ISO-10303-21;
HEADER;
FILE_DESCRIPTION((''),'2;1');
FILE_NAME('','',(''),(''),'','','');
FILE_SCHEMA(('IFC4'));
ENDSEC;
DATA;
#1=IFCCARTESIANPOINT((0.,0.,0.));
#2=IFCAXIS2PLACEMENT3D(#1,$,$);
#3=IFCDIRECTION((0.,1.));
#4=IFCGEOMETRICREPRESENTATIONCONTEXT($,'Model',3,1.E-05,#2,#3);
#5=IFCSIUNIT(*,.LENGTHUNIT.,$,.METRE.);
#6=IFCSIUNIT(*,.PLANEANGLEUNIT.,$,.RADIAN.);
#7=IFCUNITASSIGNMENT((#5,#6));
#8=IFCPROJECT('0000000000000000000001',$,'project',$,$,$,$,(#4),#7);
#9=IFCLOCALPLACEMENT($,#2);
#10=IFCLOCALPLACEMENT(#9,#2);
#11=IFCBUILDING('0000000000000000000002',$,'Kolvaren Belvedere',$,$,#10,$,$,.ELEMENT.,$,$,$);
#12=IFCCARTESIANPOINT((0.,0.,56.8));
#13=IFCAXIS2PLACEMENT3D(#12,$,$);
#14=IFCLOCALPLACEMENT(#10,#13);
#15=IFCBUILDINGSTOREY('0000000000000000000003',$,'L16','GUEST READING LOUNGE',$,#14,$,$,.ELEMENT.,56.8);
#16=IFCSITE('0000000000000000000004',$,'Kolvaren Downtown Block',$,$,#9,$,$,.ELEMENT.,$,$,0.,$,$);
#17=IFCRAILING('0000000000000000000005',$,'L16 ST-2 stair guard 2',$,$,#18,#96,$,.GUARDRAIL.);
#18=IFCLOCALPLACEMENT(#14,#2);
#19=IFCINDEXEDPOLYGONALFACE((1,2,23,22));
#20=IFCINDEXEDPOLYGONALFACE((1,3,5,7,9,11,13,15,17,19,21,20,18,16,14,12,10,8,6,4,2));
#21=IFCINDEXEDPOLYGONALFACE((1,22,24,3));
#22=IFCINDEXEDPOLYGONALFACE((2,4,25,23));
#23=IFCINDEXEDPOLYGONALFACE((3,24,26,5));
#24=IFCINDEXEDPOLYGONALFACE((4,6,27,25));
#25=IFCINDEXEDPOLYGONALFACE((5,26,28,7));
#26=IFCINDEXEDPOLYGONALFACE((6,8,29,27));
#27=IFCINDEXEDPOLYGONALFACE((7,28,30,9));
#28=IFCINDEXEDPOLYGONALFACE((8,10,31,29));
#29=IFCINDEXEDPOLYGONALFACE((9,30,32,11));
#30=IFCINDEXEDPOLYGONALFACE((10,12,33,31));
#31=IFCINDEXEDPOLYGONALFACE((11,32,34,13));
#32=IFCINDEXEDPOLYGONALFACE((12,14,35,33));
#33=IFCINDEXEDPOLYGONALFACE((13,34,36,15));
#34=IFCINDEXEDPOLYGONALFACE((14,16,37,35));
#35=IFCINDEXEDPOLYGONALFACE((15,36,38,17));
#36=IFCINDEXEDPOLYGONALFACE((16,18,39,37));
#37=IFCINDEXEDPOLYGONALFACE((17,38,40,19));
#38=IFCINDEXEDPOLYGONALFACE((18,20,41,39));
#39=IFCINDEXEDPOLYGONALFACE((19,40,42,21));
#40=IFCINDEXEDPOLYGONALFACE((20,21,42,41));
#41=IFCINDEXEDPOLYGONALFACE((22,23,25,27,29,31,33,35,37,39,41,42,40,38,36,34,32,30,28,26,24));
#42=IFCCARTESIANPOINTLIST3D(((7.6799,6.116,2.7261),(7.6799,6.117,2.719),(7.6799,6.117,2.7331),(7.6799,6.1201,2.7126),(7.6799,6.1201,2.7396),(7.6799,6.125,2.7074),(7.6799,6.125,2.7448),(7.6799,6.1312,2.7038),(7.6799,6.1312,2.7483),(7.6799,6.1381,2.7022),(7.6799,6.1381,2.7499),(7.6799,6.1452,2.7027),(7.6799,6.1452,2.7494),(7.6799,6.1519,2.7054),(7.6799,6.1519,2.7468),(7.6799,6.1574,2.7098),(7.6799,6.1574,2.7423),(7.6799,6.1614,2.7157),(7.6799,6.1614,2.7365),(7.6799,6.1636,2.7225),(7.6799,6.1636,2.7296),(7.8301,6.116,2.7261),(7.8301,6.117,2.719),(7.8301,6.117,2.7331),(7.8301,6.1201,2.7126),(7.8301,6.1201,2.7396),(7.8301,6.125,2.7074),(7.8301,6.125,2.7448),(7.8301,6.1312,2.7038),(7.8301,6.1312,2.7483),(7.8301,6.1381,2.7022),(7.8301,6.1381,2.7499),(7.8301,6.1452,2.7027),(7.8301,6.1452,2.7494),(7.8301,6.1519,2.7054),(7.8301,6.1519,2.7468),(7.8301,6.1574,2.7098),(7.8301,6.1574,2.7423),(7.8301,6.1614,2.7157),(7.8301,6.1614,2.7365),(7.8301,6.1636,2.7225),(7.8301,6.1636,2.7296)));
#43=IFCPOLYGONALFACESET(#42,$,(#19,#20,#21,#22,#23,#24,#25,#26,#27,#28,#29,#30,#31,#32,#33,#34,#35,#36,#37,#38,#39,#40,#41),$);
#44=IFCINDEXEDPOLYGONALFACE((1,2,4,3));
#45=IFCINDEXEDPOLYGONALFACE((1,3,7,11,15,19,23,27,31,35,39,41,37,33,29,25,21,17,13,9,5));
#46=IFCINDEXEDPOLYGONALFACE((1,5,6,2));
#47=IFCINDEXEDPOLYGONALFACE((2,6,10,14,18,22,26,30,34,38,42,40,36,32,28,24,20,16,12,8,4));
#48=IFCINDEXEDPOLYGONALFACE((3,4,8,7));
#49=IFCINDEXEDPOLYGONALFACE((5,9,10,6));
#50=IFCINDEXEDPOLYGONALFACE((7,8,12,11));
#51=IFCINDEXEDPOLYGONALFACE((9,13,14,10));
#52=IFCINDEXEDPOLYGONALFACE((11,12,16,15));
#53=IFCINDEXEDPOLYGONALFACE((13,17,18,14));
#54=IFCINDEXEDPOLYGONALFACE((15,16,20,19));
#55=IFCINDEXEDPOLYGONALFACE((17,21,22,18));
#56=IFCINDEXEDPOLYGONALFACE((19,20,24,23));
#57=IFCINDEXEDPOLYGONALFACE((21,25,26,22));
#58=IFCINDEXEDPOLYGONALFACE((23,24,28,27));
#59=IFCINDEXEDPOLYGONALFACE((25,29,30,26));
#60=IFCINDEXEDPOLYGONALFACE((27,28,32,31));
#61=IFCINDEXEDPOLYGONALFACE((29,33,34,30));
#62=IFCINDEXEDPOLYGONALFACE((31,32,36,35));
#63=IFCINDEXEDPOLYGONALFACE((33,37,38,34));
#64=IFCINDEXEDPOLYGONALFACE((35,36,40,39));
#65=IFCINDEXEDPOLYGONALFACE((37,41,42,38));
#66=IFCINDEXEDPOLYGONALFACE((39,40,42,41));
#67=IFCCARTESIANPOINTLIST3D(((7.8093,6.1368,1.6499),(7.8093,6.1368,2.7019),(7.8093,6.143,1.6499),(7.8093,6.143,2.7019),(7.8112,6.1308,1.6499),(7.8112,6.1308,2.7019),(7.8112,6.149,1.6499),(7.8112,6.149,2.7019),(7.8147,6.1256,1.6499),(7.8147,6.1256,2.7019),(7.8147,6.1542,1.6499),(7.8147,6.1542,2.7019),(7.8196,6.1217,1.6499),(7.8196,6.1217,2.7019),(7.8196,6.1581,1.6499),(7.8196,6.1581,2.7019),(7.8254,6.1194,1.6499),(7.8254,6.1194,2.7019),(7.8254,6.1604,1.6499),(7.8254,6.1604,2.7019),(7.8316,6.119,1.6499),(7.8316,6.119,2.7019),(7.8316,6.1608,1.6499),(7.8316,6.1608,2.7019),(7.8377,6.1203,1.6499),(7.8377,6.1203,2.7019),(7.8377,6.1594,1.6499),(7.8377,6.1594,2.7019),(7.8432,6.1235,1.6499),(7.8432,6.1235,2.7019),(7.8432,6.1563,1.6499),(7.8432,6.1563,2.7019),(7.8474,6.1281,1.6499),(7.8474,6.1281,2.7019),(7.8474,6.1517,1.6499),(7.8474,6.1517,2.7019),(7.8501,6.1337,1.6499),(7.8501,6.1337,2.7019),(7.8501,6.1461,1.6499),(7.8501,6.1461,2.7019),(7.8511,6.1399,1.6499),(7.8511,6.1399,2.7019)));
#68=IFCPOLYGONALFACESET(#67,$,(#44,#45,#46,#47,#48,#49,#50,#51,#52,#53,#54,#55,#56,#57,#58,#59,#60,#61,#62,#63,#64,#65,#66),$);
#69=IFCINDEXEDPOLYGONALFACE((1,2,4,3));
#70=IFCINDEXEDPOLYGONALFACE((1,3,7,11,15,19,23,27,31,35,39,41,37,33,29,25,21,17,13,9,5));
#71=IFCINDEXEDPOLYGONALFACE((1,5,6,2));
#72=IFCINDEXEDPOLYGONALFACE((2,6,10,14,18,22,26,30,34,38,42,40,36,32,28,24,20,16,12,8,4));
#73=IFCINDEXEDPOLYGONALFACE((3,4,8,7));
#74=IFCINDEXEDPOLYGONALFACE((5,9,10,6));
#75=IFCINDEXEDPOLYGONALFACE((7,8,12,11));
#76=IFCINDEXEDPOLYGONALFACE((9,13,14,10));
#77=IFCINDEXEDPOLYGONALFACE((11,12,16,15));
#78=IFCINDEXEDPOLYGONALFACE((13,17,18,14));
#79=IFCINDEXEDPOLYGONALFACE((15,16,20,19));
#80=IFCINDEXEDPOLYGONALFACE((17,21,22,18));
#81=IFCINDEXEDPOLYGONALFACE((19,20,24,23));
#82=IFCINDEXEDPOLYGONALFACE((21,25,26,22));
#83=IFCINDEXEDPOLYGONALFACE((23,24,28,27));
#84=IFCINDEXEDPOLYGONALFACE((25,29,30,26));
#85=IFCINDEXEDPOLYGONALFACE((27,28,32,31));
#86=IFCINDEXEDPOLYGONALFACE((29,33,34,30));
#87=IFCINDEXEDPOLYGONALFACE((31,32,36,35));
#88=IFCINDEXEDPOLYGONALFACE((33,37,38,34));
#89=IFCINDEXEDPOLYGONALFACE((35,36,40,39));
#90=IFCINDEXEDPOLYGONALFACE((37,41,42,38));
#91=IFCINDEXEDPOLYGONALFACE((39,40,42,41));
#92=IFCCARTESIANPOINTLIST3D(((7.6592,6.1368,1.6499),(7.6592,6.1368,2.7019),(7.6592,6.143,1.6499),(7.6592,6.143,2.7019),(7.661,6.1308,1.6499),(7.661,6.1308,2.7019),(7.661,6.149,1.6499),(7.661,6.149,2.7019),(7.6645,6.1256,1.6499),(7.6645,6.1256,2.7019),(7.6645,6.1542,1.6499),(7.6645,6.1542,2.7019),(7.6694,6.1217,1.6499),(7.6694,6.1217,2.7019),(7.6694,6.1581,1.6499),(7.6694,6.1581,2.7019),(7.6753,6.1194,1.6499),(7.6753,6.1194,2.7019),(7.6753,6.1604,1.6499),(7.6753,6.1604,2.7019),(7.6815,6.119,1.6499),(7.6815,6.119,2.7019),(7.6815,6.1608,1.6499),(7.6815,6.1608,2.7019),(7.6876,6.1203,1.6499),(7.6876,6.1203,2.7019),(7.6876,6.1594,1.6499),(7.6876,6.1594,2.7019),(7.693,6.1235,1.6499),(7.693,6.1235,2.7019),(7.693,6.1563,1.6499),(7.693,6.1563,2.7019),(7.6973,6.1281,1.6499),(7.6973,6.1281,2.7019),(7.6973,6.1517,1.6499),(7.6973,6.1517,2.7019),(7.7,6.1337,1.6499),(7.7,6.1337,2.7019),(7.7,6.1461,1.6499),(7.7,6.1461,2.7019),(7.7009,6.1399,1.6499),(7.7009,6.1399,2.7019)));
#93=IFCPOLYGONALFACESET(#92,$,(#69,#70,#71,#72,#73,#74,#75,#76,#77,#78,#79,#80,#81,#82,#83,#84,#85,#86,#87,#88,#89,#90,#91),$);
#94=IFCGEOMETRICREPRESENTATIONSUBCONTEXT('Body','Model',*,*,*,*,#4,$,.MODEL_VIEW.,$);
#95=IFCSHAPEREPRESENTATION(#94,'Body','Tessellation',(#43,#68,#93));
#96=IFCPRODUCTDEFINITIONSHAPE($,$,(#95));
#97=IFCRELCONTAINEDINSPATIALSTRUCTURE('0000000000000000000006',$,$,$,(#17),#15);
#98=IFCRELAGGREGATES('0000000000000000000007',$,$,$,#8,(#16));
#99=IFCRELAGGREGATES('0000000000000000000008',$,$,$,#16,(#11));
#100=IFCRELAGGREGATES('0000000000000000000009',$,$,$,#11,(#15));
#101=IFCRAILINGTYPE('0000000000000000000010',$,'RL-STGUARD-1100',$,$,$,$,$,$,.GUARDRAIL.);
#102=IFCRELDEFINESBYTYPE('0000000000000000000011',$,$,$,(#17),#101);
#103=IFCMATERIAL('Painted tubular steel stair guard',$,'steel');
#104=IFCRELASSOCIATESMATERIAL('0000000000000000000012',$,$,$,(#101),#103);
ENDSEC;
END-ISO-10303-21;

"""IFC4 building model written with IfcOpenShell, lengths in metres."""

from ifc_helpers import new_model, si_unit, direction, frame, origin, origin_2d, place, context, subcontext, project, spatial, circle, extrude, material, type_object, element, save


model = new_model("IFC4")

# Units and contexts
model_context = context("Model", 3, precision=1e-05, world=origin(), true_north=direction((0.0, 1.0)))
body_context = subcontext(model_context, "Body", "Model", "MODEL_VIEW")
ifc_project = project(units=[si_unit("LENGTHUNIT", "METRE"), si_unit("PLANEANGLEUNIT", "RADIAN")], contexts=[model_context])

# Site, building, storey
site_placement = place(None, origin())
site = spatial("IfcSite", under=ifc_project, at=site_placement, Name="Kolvaren Downtown Block", CompositionType="ELEMENT", RefElevation=0.0)
building_placement = place(site_placement, origin())
building = spatial("IfcBuilding", under=site, at=building_placement, Name="Kolvaren Belvedere", CompositionType="ELEMENT")
storey_placement = place(building_placement, frame((0.0, 0.0, 56.8)))
storey = spatial("IfcBuildingStorey", under=building, at=storey_placement, Name="L16", Description="GUEST READING LOUNGE", CompositionType="ELEMENT", Elevation=56.8)

# Railing
ifc_material_1 = material(Name="Painted tubular steel stair guard", Category="steel")
railing_type_1 = type_object("IfcRailingType", Name="RL-STGUARD-1100", PredefinedType="GUARDRAIL", material=ifc_material_1)
railing_1_placement = place(storey_placement, frame((7.8301, 6.1399, 1.6499)))
element("IfcRailing", 1, at=railing_1_placement, inside=storey, type_object=railing_type_1, Name="L16 ST-2 stair guard 2", PredefinedType="GUARDRAIL", context=body_context, shape_type="SweptSolid", body=[
    extrude(circle(Radius=0.0239, at=origin_2d()), frame((0.0, 0.0, 1.0762), z_axis=(-1.0, 0.0, 0.0), x_axis=(0.0, -1.0, 0.0)), (0.0, 0.0, 1.0), 0.1501),
    extrude(circle(Radius=0.021, at=origin_2d()), origin(), (0.0, 0.0, 1.0), 1.052),
    extrude(circle(Radius=0.021, at=origin_2d()), frame((-0.1501, 0.0, 0.0)), (0.0, 0.0, 1.0), 1.052),
])

save(model, "model.ifc")
